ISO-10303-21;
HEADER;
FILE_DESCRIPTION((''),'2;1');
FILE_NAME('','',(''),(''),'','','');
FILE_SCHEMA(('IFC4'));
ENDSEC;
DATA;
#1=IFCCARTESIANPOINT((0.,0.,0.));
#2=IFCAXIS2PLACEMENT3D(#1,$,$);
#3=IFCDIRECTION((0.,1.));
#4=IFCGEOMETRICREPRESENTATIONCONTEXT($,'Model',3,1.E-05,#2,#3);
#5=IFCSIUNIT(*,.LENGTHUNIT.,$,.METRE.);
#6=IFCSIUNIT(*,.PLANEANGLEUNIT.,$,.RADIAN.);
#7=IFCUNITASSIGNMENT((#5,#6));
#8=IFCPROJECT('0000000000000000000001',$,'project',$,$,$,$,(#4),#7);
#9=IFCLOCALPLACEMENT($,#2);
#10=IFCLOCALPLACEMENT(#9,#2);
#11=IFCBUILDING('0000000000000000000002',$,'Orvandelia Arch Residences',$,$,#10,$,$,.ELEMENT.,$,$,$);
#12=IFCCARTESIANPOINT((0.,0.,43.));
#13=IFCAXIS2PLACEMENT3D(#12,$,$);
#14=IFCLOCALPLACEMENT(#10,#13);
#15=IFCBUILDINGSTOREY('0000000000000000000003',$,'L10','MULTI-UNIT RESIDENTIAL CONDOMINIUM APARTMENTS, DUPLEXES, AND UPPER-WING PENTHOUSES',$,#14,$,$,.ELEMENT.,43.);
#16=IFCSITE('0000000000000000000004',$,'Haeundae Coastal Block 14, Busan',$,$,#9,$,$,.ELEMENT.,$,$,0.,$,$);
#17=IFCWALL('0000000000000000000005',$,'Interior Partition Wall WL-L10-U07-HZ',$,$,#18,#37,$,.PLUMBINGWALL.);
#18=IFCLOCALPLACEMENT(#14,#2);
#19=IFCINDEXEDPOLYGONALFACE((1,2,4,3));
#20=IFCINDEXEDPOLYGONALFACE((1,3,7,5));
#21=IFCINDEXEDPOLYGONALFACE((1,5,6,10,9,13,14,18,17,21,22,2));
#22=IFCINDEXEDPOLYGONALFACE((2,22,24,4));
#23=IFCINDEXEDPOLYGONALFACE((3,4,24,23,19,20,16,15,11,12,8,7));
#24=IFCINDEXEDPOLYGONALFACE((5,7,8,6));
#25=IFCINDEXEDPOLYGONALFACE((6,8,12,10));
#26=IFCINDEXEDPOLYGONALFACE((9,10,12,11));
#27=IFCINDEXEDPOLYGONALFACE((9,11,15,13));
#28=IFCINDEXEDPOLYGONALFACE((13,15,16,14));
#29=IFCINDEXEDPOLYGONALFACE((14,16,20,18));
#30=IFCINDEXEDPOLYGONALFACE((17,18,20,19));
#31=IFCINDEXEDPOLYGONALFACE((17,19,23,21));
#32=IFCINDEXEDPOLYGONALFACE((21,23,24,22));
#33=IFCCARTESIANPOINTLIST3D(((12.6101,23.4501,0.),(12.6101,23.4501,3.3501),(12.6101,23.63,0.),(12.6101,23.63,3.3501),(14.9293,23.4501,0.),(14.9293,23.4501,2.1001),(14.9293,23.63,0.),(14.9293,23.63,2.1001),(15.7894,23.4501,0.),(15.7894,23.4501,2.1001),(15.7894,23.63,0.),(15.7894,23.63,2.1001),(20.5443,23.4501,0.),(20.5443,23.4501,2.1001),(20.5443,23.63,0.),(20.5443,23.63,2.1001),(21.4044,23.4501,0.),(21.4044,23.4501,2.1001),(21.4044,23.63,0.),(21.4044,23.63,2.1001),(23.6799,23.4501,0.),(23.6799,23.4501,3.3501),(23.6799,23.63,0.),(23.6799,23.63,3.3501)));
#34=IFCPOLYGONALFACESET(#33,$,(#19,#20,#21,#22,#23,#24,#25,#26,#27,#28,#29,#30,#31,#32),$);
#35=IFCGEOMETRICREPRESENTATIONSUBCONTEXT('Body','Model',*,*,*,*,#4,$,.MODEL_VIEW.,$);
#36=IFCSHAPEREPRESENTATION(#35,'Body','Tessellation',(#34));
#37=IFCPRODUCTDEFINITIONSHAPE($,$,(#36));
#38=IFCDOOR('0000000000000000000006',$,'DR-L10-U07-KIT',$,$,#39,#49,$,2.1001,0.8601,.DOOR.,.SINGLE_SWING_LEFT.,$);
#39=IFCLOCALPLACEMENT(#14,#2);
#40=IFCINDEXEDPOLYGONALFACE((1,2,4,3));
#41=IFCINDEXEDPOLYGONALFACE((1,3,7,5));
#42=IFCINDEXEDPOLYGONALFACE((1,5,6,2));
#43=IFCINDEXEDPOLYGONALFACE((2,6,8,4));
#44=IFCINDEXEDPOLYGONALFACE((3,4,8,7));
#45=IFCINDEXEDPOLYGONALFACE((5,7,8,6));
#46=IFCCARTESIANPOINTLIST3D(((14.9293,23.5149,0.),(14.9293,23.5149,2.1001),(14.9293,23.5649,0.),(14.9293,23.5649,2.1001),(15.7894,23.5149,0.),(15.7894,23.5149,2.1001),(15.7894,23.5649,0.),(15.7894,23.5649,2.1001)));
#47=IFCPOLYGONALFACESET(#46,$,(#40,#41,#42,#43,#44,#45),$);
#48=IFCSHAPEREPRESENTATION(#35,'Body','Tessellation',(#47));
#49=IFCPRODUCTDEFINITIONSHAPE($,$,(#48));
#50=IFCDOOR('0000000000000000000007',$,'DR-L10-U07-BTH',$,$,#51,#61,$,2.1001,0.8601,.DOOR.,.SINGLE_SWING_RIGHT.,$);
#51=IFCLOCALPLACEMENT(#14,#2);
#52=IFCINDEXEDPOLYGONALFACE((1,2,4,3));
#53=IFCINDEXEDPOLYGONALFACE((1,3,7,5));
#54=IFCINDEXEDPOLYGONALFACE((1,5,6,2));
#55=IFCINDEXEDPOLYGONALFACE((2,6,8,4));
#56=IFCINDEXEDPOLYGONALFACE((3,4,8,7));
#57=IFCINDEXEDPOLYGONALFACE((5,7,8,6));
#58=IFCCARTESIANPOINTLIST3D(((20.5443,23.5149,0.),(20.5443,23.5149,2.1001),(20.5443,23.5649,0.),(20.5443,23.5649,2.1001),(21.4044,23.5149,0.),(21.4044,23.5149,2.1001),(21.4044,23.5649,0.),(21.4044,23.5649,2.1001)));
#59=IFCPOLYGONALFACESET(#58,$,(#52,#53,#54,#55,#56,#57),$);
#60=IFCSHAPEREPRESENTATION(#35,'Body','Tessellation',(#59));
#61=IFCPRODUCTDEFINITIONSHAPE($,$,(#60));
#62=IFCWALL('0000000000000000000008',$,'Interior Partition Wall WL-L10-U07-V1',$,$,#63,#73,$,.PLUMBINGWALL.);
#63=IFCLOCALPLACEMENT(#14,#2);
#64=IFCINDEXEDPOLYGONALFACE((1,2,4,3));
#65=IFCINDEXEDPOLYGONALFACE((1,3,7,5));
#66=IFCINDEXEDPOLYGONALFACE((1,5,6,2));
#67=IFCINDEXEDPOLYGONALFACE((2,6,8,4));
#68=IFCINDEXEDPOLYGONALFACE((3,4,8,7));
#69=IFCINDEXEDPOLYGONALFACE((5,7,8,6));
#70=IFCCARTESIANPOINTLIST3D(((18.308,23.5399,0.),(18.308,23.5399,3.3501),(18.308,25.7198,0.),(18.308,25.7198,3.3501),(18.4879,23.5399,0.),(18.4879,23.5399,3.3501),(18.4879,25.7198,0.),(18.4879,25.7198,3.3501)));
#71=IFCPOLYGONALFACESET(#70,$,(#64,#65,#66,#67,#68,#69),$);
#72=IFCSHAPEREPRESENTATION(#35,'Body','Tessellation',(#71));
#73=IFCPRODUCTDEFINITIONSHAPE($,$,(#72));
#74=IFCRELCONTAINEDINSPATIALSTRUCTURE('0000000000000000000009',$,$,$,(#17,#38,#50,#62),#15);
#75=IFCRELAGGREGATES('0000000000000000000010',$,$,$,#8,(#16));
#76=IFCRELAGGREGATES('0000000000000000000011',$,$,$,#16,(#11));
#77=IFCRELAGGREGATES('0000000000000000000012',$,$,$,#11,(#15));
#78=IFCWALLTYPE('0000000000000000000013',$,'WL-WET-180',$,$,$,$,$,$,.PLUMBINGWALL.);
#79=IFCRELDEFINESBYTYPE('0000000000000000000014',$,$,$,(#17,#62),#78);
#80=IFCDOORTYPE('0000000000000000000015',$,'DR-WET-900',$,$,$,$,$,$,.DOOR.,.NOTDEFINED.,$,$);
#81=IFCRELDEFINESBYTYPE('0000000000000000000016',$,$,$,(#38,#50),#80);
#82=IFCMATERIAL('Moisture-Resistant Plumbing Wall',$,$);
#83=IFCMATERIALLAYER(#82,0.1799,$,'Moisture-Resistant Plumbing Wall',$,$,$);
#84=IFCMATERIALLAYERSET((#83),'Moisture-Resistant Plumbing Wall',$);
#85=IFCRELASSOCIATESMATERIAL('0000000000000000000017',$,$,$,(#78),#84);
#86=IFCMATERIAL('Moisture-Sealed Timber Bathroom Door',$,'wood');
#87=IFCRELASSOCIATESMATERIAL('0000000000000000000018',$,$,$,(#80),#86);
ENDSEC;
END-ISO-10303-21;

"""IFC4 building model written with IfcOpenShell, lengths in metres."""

from ifc_helpers import new_model, si_unit, direction, frame, frame_2d, origin, place, context, subcontext, project, spatial, rectangle, extrude, material, layer, layer_set, type_object, element, fill, save


model = new_model("IFC4")

# Units and contexts
model_context = context("Model", 3, precision=1e-05, world=origin(), true_north=direction((0.0, 1.0)))
body_context = subcontext(model_context, "Body", "Model", "MODEL_VIEW")
ifc_project = project(units=[si_unit("LENGTHUNIT", "METRE"), si_unit("PLANEANGLEUNIT", "RADIAN")], contexts=[model_context])

# Site, building, storey
site_placement = place(None, origin())
site = spatial("IfcSite", under=ifc_project, at=site_placement, Name="Haeundae Coastal Block 14, Busan", CompositionType="ELEMENT", RefElevation=0.0)
building_placement = place(site_placement, origin())
building = spatial("IfcBuilding", under=site, at=building_placement, Name="Orvandelia Arch Residences", CompositionType="ELEMENT")
storey_placement = place(building_placement, frame((0.0, 0.0, 43.0)))
storey = spatial("IfcBuildingStorey", under=building, at=storey_placement, Name="L10", Description="MULTI-UNIT RESIDENTIAL CONDOMINIUM APARTMENTS, DUPLEXES, AND UPPER-WING PENTHOUSES", CompositionType="ELEMENT", Elevation=43.0)

# Shared definitions
ifc_material_1 = material(Name="Moisture-Resistant Plumbing Wall")
ifc_layer_1 = layer(ifc_material_1, 0.1799, Name="Moisture-Resistant Plumbing Wall")
ifc_layer_set_1 = layer_set([ifc_layer_1], Name="Moisture-Resistant Plumbing Wall")
wall_type_1 = type_object("IfcWallType", Name="WL-WET-180", PredefinedType="PLUMBINGWALL", material=ifc_layer_set_1)

# Shared definitions
ifc_material_2 = material(Name="Moisture-Sealed Timber Bathroom Door", Category="wood")
door_type_1 = type_object("IfcDoorType", Name="DR-WET-900", OperationType="NOTDEFINED", PredefinedType="DOOR", material=ifc_material_2)

# Wall, openings, doors
wall_1_placement = place(storey_placement, frame((12.6101, 23.54, 0.0), z_axis=(0.0, 0.0, 1.0), x_axis=(1.0, 0.0, 0.0)))
wall_1 = element("IfcWall", 1, at=wall_1_placement, inside=storey, type_object=wall_type_1, Name="Interior Partition Wall WL-L10-U07-HZ", PredefinedType="PLUMBINGWALL", context=body_context, shape_type="SweptSolid", body=[
    extrude(rectangle(XDim=11.0698, YDim=0.1799, at=frame_2d((5.5349, 0.0))), origin(), (0.0, 0.0, 1.0), 3.3501),
])
opening_1_placement = place(wall_1_placement, frame((2.3191, 0.0, 0.0)))
opening_1 = element("IfcOpeningElement", 2, at=opening_1_placement, cuts=wall_1, PredefinedType="OPENING", context=body_context, shape_type="SweptSolid", body=[
    extrude(rectangle(XDim=0.8601, YDim=2.1001, at=frame_2d((0.4302, 1.05))), frame((0.0, 0.1001, 0.0), z_axis=(0.0, -1.0, 0.0), x_axis=(1.0, 0.0, 0.0)), (0.0, 0.0, 1.0), 0.2),
])
opening_2_placement = place(wall_1_placement, frame((7.9341, 0.0, 0.0)))
opening_2 = element("IfcOpeningElement", 3, at=opening_2_placement, cuts=wall_1, PredefinedType="OPENING", context=body_context, shape_type="SweptSolid", body=[
    extrude(rectangle(XDim=0.8601, YDim=2.1001, at=frame_2d((0.4302, 1.05))), frame((0.0, 0.1001, 0.0), z_axis=(0.0, -1.0, 0.0), x_axis=(1.0, 0.0, 0.0)), (0.0, 0.0, 1.0), 0.2),
])
door_1_placement = place(opening_1_placement, origin())
door_1 = element("IfcDoor", 4, at=door_1_placement, inside=storey, type_object=door_type_1, Name="DR-L10-U07-KIT", OperationType="SINGLE_SWING_LEFT", OverallHeight=2.1001, OverallWidth=0.8601, PredefinedType="DOOR", context=body_context, shape_type="SweptSolid", body=[
    extrude(rectangle(XDim=0.8601, YDim=2.1001, at=frame_2d((0.4302, 1.05))), frame((0.0, 0.0249, 0.0), z_axis=(0.0, -1.0, 0.0), x_axis=(1.0, 0.0, 0.0)), (0.0, 0.0, 1.0), 0.05),
])
fill(opening_1, door_1)
door_2_placement = place(opening_2_placement, origin())
door_2 = element("IfcDoor", 5, at=door_2_placement, inside=storey, type_object=door_type_1, Name="DR-L10-U07-BTH", OperationType="SINGLE_SWING_RIGHT", OverallHeight=2.1001, OverallWidth=0.8601, PredefinedType="DOOR", context=body_context, shape_type="SweptSolid", body=[
    extrude(rectangle(XDim=0.8601, YDim=2.1001, at=frame_2d((0.4302, 1.05))), frame((0.0, 0.0249, 0.0), z_axis=(0.0, -1.0, 0.0), x_axis=(1.0, 0.0, 0.0)), (0.0, 0.0, 1.0), 0.05),
])
fill(opening_2, door_2)

# Wall
wall_2_placement = place(storey_placement, frame((18.3979, 23.54, 0.0), z_axis=(0.0, 0.0, 1.0), x_axis=(0.0, 1.0, 0.0)))
element("IfcWall", 6, at=wall_2_placement, inside=storey, type_object=wall_type_1, Name="Interior Partition Wall WL-L10-U07-V1", PredefinedType="PLUMBINGWALL", context=body_context, shape_type="SweptSolid", body=[
    extrude(rectangle(XDim=2.1799, YDim=0.1799, at=frame_2d((1.0898, 0.0))), origin(), (0.0, 0.0, 1.0), 3.3501),
])

save(model, "model.ifc")
